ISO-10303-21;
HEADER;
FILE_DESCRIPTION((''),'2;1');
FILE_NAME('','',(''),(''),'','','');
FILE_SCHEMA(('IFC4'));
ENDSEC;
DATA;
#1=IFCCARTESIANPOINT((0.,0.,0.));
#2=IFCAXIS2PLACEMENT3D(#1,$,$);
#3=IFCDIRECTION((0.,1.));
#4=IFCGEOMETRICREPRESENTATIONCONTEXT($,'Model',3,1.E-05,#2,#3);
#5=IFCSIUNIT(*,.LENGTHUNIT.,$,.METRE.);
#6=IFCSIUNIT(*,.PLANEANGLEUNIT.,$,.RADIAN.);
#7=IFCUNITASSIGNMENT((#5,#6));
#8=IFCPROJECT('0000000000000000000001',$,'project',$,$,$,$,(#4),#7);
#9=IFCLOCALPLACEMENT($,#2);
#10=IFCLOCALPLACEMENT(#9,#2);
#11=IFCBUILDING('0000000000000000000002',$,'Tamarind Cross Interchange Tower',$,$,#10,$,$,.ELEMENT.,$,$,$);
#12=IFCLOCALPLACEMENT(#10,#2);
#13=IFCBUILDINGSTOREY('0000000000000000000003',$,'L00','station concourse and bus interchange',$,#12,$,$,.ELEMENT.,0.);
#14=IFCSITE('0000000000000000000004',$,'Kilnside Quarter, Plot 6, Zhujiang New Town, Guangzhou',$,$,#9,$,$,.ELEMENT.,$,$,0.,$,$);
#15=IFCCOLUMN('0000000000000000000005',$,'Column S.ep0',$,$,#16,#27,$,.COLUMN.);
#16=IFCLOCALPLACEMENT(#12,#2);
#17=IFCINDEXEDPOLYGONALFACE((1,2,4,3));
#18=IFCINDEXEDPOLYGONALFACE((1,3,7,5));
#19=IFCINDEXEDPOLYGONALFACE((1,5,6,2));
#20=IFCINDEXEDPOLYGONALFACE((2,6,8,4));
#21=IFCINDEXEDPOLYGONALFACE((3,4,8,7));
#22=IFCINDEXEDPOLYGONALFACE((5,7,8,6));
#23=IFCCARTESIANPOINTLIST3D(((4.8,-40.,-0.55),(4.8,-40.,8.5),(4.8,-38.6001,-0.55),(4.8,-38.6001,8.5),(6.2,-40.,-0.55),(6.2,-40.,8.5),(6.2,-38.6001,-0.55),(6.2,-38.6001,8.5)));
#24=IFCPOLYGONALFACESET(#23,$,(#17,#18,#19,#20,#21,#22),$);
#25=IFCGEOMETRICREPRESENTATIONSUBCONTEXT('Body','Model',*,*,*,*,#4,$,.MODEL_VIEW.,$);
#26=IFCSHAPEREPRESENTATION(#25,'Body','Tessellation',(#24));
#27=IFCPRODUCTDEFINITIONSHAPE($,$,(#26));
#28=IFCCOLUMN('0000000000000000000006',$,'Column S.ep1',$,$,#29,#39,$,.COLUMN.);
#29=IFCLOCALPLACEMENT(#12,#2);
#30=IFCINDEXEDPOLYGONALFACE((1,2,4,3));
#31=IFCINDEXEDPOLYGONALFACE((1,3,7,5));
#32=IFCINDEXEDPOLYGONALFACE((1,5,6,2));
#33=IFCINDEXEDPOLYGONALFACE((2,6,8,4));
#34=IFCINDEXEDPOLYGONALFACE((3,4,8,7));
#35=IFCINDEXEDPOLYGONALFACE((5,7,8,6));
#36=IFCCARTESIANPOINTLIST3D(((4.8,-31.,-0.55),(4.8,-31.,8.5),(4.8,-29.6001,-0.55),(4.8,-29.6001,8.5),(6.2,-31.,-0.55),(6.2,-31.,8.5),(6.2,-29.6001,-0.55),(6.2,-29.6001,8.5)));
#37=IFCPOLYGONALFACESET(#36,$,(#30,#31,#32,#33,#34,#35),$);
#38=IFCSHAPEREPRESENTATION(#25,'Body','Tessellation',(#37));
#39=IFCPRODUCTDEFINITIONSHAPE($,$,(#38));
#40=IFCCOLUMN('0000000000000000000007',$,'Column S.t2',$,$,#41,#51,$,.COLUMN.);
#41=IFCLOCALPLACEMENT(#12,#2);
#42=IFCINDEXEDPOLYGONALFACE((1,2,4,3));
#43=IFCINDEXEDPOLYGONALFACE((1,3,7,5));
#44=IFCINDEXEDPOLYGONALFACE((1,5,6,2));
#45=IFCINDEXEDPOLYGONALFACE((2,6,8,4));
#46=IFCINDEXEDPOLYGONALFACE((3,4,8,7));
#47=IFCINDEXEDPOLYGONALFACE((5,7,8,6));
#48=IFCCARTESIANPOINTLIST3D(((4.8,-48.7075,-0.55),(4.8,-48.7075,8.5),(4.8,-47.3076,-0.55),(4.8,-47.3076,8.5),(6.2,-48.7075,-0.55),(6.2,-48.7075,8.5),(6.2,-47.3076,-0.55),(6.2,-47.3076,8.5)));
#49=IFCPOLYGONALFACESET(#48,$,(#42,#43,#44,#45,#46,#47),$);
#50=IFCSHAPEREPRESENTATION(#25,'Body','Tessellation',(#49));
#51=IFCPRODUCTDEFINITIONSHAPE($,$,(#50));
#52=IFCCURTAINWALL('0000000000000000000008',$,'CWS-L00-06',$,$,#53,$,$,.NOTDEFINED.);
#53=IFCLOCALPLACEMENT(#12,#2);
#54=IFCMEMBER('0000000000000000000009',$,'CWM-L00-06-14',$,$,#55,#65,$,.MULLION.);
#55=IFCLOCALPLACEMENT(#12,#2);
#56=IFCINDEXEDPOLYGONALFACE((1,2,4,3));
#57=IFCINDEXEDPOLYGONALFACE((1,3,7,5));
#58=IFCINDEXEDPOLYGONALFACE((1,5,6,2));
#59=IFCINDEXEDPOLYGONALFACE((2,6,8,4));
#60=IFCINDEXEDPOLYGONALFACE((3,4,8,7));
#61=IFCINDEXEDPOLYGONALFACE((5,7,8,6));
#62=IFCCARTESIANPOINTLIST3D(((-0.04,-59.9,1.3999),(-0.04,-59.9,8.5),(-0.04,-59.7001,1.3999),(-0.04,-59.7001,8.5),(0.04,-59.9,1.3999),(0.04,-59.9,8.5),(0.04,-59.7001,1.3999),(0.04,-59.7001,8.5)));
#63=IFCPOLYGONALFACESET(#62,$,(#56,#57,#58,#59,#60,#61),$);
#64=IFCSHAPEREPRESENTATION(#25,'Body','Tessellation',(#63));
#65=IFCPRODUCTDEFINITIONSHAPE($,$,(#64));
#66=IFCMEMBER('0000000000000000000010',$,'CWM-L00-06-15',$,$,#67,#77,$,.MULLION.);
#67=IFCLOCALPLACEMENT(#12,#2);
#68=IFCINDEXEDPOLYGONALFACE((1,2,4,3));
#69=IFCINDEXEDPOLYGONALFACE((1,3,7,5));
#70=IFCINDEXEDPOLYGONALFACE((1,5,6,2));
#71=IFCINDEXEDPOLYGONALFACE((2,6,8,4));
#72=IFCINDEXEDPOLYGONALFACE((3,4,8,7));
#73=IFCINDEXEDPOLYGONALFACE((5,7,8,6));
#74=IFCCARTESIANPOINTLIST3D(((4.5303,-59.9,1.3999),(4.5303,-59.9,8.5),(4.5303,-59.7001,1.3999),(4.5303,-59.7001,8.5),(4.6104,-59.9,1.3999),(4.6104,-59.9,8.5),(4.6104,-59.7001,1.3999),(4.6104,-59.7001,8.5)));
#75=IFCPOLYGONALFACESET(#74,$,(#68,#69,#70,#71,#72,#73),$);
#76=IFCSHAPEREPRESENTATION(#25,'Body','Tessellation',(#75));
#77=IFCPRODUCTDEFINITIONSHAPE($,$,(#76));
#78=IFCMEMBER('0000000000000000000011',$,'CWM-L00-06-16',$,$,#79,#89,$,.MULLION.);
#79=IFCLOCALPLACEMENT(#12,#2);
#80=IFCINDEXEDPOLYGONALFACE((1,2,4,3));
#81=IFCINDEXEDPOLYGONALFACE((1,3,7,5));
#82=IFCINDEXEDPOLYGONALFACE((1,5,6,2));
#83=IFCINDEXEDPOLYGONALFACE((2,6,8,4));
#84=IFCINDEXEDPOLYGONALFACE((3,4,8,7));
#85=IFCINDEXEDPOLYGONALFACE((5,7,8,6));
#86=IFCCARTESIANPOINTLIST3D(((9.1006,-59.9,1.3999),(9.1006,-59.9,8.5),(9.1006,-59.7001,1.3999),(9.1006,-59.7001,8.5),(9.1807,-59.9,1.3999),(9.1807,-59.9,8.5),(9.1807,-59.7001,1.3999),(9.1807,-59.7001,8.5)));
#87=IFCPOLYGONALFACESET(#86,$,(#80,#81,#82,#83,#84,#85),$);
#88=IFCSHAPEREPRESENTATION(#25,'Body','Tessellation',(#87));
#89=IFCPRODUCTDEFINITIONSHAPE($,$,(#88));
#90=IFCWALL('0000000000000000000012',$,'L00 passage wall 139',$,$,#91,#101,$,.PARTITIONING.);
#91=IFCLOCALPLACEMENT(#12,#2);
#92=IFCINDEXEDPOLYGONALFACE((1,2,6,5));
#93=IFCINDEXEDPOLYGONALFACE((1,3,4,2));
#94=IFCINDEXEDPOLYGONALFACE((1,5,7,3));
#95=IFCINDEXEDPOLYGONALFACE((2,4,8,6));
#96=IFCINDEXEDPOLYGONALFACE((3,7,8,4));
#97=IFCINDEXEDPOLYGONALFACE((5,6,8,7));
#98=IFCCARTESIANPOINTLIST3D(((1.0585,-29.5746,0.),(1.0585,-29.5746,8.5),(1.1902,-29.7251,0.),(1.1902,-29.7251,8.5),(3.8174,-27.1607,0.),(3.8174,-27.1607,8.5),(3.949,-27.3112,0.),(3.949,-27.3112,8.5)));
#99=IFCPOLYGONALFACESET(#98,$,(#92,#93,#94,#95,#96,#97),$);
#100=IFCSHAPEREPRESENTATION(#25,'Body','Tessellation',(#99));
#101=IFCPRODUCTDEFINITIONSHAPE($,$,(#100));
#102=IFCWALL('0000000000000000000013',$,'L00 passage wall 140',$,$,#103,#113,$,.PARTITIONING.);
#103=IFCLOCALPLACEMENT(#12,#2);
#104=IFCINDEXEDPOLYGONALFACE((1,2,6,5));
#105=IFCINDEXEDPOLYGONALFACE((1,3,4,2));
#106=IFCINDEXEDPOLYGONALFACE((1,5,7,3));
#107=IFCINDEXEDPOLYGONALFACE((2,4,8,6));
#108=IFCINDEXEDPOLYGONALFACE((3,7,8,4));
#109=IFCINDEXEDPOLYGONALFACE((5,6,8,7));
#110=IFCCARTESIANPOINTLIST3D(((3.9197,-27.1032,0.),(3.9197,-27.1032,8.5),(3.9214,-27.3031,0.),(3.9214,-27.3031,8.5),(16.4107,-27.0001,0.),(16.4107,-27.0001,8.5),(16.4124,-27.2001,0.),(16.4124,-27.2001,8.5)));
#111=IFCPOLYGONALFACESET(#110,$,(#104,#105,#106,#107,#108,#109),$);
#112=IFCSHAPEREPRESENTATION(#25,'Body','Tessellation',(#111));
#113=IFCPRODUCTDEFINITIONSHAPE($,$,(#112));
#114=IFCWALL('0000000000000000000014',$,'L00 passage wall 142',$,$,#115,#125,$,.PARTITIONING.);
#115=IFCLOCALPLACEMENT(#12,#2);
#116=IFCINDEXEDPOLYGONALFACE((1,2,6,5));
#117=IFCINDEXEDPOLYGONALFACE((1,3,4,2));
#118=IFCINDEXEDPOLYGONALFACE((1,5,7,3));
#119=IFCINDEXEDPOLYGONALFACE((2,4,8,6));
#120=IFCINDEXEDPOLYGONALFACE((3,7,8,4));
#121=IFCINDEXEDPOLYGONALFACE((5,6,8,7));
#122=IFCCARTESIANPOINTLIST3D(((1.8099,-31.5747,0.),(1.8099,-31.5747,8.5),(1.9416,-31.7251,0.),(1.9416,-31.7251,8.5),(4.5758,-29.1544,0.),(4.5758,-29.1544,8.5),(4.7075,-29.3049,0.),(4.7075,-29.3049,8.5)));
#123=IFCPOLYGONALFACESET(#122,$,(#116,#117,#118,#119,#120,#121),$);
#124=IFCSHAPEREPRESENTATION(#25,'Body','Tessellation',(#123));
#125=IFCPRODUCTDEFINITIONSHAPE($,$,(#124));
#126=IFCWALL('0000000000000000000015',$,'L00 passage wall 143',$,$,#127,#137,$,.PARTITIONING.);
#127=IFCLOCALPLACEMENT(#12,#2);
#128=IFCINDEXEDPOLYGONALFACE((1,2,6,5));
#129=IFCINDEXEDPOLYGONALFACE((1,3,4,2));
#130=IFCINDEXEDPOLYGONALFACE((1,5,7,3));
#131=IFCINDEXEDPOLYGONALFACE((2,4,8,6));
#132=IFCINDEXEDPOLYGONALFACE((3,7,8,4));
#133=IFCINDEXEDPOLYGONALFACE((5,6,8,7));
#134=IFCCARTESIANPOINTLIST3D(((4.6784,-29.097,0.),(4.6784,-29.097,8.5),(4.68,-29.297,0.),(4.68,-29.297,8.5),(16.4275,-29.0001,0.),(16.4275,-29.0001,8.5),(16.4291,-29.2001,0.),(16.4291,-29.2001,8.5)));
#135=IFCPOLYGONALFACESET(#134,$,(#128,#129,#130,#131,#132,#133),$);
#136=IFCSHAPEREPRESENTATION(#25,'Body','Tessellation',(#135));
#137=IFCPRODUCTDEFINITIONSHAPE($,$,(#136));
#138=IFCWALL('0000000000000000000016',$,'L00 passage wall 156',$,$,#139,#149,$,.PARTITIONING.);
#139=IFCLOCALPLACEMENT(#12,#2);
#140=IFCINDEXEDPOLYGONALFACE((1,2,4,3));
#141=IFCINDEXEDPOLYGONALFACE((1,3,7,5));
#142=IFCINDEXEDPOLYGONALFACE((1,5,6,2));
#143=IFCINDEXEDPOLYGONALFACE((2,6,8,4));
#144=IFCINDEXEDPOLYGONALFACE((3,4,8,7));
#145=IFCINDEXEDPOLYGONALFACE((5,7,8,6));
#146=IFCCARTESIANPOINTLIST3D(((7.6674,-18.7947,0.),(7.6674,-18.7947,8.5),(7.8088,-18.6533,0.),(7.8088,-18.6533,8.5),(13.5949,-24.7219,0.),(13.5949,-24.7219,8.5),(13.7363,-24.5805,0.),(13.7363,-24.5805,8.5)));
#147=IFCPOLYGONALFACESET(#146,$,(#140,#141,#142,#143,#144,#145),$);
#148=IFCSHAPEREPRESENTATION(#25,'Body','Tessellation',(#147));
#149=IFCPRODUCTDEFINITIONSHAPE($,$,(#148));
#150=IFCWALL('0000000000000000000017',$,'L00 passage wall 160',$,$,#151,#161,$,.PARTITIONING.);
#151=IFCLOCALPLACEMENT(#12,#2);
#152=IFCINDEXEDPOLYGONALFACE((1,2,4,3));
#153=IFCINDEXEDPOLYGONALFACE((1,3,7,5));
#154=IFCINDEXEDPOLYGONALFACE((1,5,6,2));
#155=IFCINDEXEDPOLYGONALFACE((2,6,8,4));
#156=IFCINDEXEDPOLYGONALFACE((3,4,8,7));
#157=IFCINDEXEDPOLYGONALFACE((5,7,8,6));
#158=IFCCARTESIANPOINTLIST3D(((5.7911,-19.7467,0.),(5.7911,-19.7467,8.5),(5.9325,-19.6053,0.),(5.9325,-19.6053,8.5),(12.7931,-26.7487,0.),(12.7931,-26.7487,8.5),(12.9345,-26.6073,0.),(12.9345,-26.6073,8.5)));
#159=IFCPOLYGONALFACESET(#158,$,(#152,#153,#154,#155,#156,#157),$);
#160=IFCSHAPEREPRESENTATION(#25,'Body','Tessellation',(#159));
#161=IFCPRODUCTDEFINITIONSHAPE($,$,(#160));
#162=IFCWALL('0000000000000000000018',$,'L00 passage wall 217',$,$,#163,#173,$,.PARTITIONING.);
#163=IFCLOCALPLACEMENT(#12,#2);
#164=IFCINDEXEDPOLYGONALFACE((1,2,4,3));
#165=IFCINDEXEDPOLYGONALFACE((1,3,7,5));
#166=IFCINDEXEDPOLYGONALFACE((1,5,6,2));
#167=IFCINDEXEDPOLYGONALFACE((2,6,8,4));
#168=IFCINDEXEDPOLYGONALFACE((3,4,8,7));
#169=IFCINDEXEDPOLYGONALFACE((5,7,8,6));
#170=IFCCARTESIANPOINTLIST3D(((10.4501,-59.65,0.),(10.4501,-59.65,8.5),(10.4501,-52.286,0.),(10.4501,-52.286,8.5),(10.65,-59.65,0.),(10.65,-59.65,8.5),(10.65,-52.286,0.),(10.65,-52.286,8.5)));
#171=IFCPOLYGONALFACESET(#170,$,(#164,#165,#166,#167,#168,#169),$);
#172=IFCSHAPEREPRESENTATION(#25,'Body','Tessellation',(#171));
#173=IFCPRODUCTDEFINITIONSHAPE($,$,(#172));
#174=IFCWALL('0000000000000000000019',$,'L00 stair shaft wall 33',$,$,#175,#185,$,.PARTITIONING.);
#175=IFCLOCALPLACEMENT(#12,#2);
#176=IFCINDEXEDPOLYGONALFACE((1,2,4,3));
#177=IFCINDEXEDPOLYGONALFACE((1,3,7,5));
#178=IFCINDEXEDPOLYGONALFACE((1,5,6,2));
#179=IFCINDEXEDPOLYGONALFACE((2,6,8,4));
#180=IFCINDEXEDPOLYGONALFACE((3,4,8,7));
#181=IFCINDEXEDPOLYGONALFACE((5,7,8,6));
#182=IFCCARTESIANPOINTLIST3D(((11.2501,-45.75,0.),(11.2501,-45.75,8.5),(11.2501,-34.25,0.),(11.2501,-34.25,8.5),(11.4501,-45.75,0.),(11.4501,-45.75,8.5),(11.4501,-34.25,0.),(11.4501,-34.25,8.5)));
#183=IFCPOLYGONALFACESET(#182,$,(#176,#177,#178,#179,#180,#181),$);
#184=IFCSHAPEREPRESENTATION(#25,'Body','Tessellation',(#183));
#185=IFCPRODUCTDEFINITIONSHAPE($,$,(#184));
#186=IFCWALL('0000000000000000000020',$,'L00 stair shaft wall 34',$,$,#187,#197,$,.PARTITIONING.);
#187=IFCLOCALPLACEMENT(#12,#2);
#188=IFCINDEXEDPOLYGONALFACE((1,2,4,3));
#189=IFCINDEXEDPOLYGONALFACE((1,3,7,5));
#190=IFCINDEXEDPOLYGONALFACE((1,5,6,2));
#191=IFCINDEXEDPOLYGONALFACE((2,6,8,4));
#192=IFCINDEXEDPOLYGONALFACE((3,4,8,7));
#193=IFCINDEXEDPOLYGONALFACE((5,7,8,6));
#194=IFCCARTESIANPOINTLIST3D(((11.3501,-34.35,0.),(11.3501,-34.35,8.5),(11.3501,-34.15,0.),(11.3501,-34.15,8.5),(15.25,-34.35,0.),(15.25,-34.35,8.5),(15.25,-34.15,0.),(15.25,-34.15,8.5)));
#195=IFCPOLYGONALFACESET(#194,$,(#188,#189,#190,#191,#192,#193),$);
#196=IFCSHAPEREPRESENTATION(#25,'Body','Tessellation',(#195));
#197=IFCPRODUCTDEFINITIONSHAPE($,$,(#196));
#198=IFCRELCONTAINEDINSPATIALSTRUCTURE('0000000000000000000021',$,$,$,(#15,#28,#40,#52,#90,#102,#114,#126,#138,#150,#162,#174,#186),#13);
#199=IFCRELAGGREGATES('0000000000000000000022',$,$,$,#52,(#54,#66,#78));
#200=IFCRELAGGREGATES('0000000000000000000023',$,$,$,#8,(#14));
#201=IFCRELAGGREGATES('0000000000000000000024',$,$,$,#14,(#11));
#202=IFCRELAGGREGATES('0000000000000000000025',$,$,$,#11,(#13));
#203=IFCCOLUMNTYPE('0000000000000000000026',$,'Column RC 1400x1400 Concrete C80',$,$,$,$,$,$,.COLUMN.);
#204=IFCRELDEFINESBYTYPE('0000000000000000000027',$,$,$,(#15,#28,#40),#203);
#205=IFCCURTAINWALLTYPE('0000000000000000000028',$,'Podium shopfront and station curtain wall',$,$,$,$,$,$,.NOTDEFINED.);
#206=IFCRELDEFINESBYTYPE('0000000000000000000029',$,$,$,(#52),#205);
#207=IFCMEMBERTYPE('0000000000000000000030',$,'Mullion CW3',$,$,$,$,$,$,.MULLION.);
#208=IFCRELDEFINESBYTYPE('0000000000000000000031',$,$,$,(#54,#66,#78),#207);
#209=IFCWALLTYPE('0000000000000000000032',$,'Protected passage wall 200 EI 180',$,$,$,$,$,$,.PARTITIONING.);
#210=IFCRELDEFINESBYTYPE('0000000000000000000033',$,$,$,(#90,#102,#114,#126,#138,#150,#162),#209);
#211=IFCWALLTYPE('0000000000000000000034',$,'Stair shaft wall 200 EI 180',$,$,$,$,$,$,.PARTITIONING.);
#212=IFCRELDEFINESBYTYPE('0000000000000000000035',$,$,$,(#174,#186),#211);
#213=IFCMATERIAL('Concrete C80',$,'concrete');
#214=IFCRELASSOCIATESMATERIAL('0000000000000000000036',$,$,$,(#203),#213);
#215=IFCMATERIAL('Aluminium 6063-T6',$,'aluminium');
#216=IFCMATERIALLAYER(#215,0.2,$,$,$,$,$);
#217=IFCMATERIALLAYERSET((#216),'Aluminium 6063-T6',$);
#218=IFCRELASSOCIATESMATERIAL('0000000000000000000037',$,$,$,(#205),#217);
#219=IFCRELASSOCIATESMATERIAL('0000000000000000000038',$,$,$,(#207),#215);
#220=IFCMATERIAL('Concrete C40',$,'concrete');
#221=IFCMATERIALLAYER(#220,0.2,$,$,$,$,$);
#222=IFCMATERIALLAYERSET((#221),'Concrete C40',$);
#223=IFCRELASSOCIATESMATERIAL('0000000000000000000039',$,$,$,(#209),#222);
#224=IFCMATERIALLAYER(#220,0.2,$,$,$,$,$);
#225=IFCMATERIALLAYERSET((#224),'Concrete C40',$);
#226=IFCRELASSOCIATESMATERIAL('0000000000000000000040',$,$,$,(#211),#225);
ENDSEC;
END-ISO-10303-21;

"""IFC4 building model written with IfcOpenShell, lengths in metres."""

from ifc_helpers import new_model, si_unit, direction, frame, frame_2d, origin, origin_2d, place, context, subcontext, project, spatial, rectangle, extrude, material, layer, layer_set, material_profile, profile_set, type_object, element, aggregate, save


model = new_model("IFC4")

# Units and contexts
model_context = context("Model", 3, precision=1e-05, world=origin(), true_north=direction((0.0, 1.0)))
body_context = subcontext(model_context, "Body", "Model", "MODEL_VIEW")
ifc_project = project(units=[si_unit("LENGTHUNIT", "METRE"), si_unit("PLANEANGLEUNIT", "RADIAN")], contexts=[model_context])

# Site, building, storey
site_placement = place(None, origin())
site = spatial("IfcSite", under=ifc_project, at=site_placement, Name="Kilnside Quarter, Plot 6, Zhujiang New Town, Guangzhou", CompositionType="ELEMENT", RefElevation=0.0)
building_placement = place(site_placement, origin())
building = spatial("IfcBuilding", under=site, at=building_placement, Name="Tamarind Cross Interchange Tower", CompositionType="ELEMENT")
storey_placement = place(building_placement, origin())
storey = spatial("IfcBuildingStorey", under=building, at=storey_placement, Name="L00", Description="station concourse and bus interchange", CompositionType="ELEMENT", Elevation=0.0)

# Columns
ifc_material_1 = material(Name="Concrete C80", Category="concrete")
ifc_material_profile_1 = material_profile(ifc_material_1, rectangle(XDim=1.3999, YDim=1.3999, at=origin_2d()), Name="RC 1400x1400")
ifc_profile_set_1 = profile_set([ifc_material_profile_1], Name="Concrete C80")
column_type = type_object("IfcColumnType", Name="Column RC 1400x1400 Concrete C80", PredefinedType="COLUMN", material=ifc_profile_set_1)
for number, where, z_axis, x_axis, name in (
    (1, (5.5, -39.3, -0.55), (0.0, 0.0, 1.0), (1.0, 0.0, 0.0), "Column S.ep0"),
    (2, (5.5, -30.3, -0.55), (0.0, 0.0, 1.0), (1.0, 0.0, 0.0), "Column S.ep1"),
    (3, (5.5, -48.0076, -0.55), (0.0, 0.0, 1.0), (1.0, 0.0, 0.0), "Column S.t2"),
):
    element("IfcColumn", number, at=place(storey_placement, frame(where, z_axis=z_axis, x_axis=x_axis)), inside=storey, type_object=column_type, Name=name, PredefinedType="COLUMN", context=body_context, shape_type="SweptSolid", body=[
        extrude(rectangle(XDim=1.3999, YDim=1.3999, at=origin_2d()), origin(), (0.0, 0.0, 1.0), 9.05),
    ])

# Curtain wall, members
ifc_material_2 = material(Name="Aluminium 6063-T6", Category="aluminium")
ifc_layer_1 = layer(ifc_material_2, 0.2)
ifc_layer_set_1 = layer_set([ifc_layer_1], Name="Aluminium 6063-T6")
curtain_wall_type = type_object("IfcCurtainWallType", Name="Podium shopfront and station curtain wall", PredefinedType="NOTDEFINED", material=ifc_layer_set_1)
curtain_wall_placement = place(storey_placement, origin())
curtain_wall = element("IfcCurtainWall", 4, at=curtain_wall_placement, inside=storey, type_object=curtain_wall_type, Name="CWS-L00-06", PredefinedType="NOTDEFINED")
ifc_material_profile_2 = material_profile(ifc_material_2, rectangle(XDim=0.0801, YDim=0.2, at=origin_2d()), Name="Mullion CW3")
ifc_profile_set_2 = profile_set([ifc_material_profile_2], Name="Aluminium 6063-T6")
member_type = type_object("IfcMemberType", Name="Mullion CW3", PredefinedType="MULLION", material=ifc_profile_set_2)
member_1_placement = place(storey_placement, frame((0.0, -59.8, 1.3999), z_axis=(0.0, 0.0, 1.0), x_axis=(1.0, 0.0, 0.0)))
member_1 = element("IfcMember", 5, at=member_1_placement, type_object=member_type, Name="CWM-L00-06-14", PredefinedType="MULLION", context=body_context, shape_type="SweptSolid", body=[
    extrude(rectangle(XDim=0.0801, YDim=0.2, at=origin_2d()), origin(), (0.0, 0.0, 1.0), 7.1001),
])
member_2_placement = place(storey_placement, frame((4.5703, -59.8, 1.3999), z_axis=(0.0, 0.0, 1.0), x_axis=(1.0, 0.0, 0.0)))
member_2 = element("IfcMember", 6, at=member_2_placement, type_object=member_type, Name="CWM-L00-06-15", PredefinedType="MULLION", context=body_context, shape_type="SweptSolid", body=[
    extrude(rectangle(XDim=0.0801, YDim=0.2, at=origin_2d()), origin(), (0.0, 0.0, 1.0), 7.1001),
])
member_3_placement = place(storey_placement, frame((9.1406, -59.8, 1.3999), z_axis=(0.0, 0.0, 1.0), x_axis=(1.0, 0.0, 0.0)))
member_3 = element("IfcMember", 7, at=member_3_placement, type_object=member_type, Name="CWM-L00-06-16", PredefinedType="MULLION", context=body_context, shape_type="SweptSolid", body=[
    extrude(rectangle(XDim=0.0801, YDim=0.2, at=origin_2d()), origin(), (0.0, 0.0, 1.0), 7.1001),
])
aggregate(curtain_wall, [member_1, member_2, member_3])

# Walls
ifc_material_3 = material(Name="Concrete C40", Category="concrete")
ifc_layer_2 = layer(ifc_material_3, 0.2)
ifc_layer_set_2 = layer_set([ifc_layer_2], Name="Concrete C40")
wall_type_1 = type_object("IfcWallType", Name="Protected passage wall 200 EI 180", PredefinedType="PARTITIONING", material=ifc_layer_set_2)
wall_1_placement = place(storey_placement, frame((1.1243, -29.6499, 0.0), z_axis=(0.0, 0.0, 1.0), x_axis=(0.752593, 0.658486, 0.0)))
element("IfcWall", 8, at=wall_1_placement, inside=storey, type_object=wall_type_1, Name="L00 passage wall 139", PredefinedType="PARTITIONING", context=body_context, shape_type="SweptSolid", body=[
    extrude(rectangle(XDim=3.6658, YDim=0.2, at=frame_2d((1.833, 0.0))), origin(), (0.0, 0.0, 1.0), 8.5),
])
wall_2_placement = place(storey_placement, frame((3.9207, -27.2031, 0.0), z_axis=(0.0, 0.0, 1.0), x_axis=(0.999966, 0.008248, 0.0)))
element("IfcWall", 9, at=wall_2_placement, inside=storey, type_object=wall_type_1, Name="L00 passage wall 140", PredefinedType="PARTITIONING", context=body_context, shape_type="SweptSolid", body=[
    extrude(rectangle(XDim=12.4915, YDim=0.2, at=frame_2d((6.2456, 0.0))), origin(), (0.0, 0.0, 1.0), 8.5),
])
wall_3_placement = place(storey_placement, frame((1.8757, -31.6499, 0.0), z_axis=(0.0, 0.0, 1.0), x_axis=(0.752573, 0.658509, 0.0)))
element("IfcWall", 10, at=wall_3_placement, inside=storey, type_object=wall_type_1, Name="L00 passage wall 142", PredefinedType="PARTITIONING", context=body_context, shape_type="SweptSolid", body=[
    extrude(rectangle(XDim=3.6753, YDim=0.2, at=frame_2d((1.8376, 0.0))), origin(), (0.0, 0.0, 1.0), 8.5),
])
wall_4_placement = place(storey_placement, frame((4.6792, -29.197, 0.0), z_axis=(0.0, 0.0, 1.0), x_axis=(0.999966, 0.008249, 0.0)))
element("IfcWall", 11, at=wall_4_placement, inside=storey, type_object=wall_type_1, Name="L00 passage wall 143", PredefinedType="PARTITIONING", context=body_context, shape_type="SweptSolid", body=[
    extrude(rectangle(XDim=11.7495, YDim=0.2, at=frame_2d((5.8748, 0.0))), origin(), (0.0, 0.0, 1.0), 8.5),
])
wall_5_placement = place(storey_placement, frame((7.738, -18.7239, 0.0), z_axis=(0.0, 0.0, 1.0), x_axis=(0.707121, -0.707092, 0.0)))
element("IfcWall", 12, at=wall_5_placement, inside=storey, type_object=wall_type_1, Name="L00 passage wall 156", PredefinedType="PARTITIONING", context=body_context, shape_type="SweptSolid", body=[
    extrude(rectangle(XDim=8.3826, YDim=0.2, at=frame_2d((4.1914, 0.0))), origin(), (0.0, 0.0, 1.0), 8.5),
])
wall_6_placement = place(storey_placement, frame((5.8618, -19.676, 0.0), z_axis=(0.0, 0.0, 1.0), x_axis=(0.707107, -0.707107, 0.0)))
element("IfcWall", 13, at=wall_6_placement, inside=storey, type_object=wall_type_1, Name="L00 passage wall 160", PredefinedType="PARTITIONING", context=body_context, shape_type="SweptSolid", body=[
    extrude(rectangle(XDim=9.9023, YDim=0.2, at=frame_2d((4.9512, 0.0))), origin(), (0.0, 0.0, 1.0), 8.5),
])
wall_7_placement = place(storey_placement, frame((10.55, -52.2859, 0.0), z_axis=(0.0, 0.0, 1.0), x_axis=(0.0, -1.0, 0.0)))
element("IfcWall", 14, at=wall_7_placement, inside=storey, type_object=wall_type_1, Name="L00 passage wall 217", PredefinedType="PARTITIONING", context=body_context, shape_type="SweptSolid", body=[
    extrude(rectangle(XDim=7.364, YDim=0.2, at=frame_2d((3.6821, 0.0))), origin(), (0.0, 0.0, 1.0), 8.5),
])
ifc_layer_3 = layer(ifc_material_3, 0.2)
ifc_layer_set_3 = layer_set([ifc_layer_3], Name="Concrete C40")
wall_type_2 = type_object("IfcWallType", Name="Stair shaft wall 200 EI 180", PredefinedType="PARTITIONING", material=ifc_layer_set_3)
wall_8_placement = place(storey_placement, frame((11.3501, -45.75, 0.0), z_axis=(0.0, 0.0, 1.0), x_axis=(0.0, 1.0, 0.0)))
element("IfcWall", 15, at=wall_8_placement, inside=storey, type_object=wall_type_2, Name="L00 stair shaft wall 33", PredefinedType="PARTITIONING", context=body_context, shape_type="SweptSolid", body=[
    extrude(rectangle(XDim=11.5, YDim=0.2, at=frame_2d((5.75, 0.0))), origin(), (0.0, 0.0, 1.0), 8.5),
])
wall_9_placement = place(storey_placement, frame((11.3501, -34.25, 0.0), z_axis=(0.0, 0.0, 1.0), x_axis=(1.0, 0.0, 0.0)))
element("IfcWall", 16, at=wall_9_placement, inside=storey, type_object=wall_type_2, Name="L00 stair shaft wall 34", PredefinedType="PARTITIONING", context=body_context, shape_type="SweptSolid", body=[
    extrude(rectangle(XDim=3.8999, YDim=0.2, at=frame_2d((1.95, 0.0))), origin(), (0.0, 0.0, 1.0), 8.5),
])

save(model, "model.ifc")
